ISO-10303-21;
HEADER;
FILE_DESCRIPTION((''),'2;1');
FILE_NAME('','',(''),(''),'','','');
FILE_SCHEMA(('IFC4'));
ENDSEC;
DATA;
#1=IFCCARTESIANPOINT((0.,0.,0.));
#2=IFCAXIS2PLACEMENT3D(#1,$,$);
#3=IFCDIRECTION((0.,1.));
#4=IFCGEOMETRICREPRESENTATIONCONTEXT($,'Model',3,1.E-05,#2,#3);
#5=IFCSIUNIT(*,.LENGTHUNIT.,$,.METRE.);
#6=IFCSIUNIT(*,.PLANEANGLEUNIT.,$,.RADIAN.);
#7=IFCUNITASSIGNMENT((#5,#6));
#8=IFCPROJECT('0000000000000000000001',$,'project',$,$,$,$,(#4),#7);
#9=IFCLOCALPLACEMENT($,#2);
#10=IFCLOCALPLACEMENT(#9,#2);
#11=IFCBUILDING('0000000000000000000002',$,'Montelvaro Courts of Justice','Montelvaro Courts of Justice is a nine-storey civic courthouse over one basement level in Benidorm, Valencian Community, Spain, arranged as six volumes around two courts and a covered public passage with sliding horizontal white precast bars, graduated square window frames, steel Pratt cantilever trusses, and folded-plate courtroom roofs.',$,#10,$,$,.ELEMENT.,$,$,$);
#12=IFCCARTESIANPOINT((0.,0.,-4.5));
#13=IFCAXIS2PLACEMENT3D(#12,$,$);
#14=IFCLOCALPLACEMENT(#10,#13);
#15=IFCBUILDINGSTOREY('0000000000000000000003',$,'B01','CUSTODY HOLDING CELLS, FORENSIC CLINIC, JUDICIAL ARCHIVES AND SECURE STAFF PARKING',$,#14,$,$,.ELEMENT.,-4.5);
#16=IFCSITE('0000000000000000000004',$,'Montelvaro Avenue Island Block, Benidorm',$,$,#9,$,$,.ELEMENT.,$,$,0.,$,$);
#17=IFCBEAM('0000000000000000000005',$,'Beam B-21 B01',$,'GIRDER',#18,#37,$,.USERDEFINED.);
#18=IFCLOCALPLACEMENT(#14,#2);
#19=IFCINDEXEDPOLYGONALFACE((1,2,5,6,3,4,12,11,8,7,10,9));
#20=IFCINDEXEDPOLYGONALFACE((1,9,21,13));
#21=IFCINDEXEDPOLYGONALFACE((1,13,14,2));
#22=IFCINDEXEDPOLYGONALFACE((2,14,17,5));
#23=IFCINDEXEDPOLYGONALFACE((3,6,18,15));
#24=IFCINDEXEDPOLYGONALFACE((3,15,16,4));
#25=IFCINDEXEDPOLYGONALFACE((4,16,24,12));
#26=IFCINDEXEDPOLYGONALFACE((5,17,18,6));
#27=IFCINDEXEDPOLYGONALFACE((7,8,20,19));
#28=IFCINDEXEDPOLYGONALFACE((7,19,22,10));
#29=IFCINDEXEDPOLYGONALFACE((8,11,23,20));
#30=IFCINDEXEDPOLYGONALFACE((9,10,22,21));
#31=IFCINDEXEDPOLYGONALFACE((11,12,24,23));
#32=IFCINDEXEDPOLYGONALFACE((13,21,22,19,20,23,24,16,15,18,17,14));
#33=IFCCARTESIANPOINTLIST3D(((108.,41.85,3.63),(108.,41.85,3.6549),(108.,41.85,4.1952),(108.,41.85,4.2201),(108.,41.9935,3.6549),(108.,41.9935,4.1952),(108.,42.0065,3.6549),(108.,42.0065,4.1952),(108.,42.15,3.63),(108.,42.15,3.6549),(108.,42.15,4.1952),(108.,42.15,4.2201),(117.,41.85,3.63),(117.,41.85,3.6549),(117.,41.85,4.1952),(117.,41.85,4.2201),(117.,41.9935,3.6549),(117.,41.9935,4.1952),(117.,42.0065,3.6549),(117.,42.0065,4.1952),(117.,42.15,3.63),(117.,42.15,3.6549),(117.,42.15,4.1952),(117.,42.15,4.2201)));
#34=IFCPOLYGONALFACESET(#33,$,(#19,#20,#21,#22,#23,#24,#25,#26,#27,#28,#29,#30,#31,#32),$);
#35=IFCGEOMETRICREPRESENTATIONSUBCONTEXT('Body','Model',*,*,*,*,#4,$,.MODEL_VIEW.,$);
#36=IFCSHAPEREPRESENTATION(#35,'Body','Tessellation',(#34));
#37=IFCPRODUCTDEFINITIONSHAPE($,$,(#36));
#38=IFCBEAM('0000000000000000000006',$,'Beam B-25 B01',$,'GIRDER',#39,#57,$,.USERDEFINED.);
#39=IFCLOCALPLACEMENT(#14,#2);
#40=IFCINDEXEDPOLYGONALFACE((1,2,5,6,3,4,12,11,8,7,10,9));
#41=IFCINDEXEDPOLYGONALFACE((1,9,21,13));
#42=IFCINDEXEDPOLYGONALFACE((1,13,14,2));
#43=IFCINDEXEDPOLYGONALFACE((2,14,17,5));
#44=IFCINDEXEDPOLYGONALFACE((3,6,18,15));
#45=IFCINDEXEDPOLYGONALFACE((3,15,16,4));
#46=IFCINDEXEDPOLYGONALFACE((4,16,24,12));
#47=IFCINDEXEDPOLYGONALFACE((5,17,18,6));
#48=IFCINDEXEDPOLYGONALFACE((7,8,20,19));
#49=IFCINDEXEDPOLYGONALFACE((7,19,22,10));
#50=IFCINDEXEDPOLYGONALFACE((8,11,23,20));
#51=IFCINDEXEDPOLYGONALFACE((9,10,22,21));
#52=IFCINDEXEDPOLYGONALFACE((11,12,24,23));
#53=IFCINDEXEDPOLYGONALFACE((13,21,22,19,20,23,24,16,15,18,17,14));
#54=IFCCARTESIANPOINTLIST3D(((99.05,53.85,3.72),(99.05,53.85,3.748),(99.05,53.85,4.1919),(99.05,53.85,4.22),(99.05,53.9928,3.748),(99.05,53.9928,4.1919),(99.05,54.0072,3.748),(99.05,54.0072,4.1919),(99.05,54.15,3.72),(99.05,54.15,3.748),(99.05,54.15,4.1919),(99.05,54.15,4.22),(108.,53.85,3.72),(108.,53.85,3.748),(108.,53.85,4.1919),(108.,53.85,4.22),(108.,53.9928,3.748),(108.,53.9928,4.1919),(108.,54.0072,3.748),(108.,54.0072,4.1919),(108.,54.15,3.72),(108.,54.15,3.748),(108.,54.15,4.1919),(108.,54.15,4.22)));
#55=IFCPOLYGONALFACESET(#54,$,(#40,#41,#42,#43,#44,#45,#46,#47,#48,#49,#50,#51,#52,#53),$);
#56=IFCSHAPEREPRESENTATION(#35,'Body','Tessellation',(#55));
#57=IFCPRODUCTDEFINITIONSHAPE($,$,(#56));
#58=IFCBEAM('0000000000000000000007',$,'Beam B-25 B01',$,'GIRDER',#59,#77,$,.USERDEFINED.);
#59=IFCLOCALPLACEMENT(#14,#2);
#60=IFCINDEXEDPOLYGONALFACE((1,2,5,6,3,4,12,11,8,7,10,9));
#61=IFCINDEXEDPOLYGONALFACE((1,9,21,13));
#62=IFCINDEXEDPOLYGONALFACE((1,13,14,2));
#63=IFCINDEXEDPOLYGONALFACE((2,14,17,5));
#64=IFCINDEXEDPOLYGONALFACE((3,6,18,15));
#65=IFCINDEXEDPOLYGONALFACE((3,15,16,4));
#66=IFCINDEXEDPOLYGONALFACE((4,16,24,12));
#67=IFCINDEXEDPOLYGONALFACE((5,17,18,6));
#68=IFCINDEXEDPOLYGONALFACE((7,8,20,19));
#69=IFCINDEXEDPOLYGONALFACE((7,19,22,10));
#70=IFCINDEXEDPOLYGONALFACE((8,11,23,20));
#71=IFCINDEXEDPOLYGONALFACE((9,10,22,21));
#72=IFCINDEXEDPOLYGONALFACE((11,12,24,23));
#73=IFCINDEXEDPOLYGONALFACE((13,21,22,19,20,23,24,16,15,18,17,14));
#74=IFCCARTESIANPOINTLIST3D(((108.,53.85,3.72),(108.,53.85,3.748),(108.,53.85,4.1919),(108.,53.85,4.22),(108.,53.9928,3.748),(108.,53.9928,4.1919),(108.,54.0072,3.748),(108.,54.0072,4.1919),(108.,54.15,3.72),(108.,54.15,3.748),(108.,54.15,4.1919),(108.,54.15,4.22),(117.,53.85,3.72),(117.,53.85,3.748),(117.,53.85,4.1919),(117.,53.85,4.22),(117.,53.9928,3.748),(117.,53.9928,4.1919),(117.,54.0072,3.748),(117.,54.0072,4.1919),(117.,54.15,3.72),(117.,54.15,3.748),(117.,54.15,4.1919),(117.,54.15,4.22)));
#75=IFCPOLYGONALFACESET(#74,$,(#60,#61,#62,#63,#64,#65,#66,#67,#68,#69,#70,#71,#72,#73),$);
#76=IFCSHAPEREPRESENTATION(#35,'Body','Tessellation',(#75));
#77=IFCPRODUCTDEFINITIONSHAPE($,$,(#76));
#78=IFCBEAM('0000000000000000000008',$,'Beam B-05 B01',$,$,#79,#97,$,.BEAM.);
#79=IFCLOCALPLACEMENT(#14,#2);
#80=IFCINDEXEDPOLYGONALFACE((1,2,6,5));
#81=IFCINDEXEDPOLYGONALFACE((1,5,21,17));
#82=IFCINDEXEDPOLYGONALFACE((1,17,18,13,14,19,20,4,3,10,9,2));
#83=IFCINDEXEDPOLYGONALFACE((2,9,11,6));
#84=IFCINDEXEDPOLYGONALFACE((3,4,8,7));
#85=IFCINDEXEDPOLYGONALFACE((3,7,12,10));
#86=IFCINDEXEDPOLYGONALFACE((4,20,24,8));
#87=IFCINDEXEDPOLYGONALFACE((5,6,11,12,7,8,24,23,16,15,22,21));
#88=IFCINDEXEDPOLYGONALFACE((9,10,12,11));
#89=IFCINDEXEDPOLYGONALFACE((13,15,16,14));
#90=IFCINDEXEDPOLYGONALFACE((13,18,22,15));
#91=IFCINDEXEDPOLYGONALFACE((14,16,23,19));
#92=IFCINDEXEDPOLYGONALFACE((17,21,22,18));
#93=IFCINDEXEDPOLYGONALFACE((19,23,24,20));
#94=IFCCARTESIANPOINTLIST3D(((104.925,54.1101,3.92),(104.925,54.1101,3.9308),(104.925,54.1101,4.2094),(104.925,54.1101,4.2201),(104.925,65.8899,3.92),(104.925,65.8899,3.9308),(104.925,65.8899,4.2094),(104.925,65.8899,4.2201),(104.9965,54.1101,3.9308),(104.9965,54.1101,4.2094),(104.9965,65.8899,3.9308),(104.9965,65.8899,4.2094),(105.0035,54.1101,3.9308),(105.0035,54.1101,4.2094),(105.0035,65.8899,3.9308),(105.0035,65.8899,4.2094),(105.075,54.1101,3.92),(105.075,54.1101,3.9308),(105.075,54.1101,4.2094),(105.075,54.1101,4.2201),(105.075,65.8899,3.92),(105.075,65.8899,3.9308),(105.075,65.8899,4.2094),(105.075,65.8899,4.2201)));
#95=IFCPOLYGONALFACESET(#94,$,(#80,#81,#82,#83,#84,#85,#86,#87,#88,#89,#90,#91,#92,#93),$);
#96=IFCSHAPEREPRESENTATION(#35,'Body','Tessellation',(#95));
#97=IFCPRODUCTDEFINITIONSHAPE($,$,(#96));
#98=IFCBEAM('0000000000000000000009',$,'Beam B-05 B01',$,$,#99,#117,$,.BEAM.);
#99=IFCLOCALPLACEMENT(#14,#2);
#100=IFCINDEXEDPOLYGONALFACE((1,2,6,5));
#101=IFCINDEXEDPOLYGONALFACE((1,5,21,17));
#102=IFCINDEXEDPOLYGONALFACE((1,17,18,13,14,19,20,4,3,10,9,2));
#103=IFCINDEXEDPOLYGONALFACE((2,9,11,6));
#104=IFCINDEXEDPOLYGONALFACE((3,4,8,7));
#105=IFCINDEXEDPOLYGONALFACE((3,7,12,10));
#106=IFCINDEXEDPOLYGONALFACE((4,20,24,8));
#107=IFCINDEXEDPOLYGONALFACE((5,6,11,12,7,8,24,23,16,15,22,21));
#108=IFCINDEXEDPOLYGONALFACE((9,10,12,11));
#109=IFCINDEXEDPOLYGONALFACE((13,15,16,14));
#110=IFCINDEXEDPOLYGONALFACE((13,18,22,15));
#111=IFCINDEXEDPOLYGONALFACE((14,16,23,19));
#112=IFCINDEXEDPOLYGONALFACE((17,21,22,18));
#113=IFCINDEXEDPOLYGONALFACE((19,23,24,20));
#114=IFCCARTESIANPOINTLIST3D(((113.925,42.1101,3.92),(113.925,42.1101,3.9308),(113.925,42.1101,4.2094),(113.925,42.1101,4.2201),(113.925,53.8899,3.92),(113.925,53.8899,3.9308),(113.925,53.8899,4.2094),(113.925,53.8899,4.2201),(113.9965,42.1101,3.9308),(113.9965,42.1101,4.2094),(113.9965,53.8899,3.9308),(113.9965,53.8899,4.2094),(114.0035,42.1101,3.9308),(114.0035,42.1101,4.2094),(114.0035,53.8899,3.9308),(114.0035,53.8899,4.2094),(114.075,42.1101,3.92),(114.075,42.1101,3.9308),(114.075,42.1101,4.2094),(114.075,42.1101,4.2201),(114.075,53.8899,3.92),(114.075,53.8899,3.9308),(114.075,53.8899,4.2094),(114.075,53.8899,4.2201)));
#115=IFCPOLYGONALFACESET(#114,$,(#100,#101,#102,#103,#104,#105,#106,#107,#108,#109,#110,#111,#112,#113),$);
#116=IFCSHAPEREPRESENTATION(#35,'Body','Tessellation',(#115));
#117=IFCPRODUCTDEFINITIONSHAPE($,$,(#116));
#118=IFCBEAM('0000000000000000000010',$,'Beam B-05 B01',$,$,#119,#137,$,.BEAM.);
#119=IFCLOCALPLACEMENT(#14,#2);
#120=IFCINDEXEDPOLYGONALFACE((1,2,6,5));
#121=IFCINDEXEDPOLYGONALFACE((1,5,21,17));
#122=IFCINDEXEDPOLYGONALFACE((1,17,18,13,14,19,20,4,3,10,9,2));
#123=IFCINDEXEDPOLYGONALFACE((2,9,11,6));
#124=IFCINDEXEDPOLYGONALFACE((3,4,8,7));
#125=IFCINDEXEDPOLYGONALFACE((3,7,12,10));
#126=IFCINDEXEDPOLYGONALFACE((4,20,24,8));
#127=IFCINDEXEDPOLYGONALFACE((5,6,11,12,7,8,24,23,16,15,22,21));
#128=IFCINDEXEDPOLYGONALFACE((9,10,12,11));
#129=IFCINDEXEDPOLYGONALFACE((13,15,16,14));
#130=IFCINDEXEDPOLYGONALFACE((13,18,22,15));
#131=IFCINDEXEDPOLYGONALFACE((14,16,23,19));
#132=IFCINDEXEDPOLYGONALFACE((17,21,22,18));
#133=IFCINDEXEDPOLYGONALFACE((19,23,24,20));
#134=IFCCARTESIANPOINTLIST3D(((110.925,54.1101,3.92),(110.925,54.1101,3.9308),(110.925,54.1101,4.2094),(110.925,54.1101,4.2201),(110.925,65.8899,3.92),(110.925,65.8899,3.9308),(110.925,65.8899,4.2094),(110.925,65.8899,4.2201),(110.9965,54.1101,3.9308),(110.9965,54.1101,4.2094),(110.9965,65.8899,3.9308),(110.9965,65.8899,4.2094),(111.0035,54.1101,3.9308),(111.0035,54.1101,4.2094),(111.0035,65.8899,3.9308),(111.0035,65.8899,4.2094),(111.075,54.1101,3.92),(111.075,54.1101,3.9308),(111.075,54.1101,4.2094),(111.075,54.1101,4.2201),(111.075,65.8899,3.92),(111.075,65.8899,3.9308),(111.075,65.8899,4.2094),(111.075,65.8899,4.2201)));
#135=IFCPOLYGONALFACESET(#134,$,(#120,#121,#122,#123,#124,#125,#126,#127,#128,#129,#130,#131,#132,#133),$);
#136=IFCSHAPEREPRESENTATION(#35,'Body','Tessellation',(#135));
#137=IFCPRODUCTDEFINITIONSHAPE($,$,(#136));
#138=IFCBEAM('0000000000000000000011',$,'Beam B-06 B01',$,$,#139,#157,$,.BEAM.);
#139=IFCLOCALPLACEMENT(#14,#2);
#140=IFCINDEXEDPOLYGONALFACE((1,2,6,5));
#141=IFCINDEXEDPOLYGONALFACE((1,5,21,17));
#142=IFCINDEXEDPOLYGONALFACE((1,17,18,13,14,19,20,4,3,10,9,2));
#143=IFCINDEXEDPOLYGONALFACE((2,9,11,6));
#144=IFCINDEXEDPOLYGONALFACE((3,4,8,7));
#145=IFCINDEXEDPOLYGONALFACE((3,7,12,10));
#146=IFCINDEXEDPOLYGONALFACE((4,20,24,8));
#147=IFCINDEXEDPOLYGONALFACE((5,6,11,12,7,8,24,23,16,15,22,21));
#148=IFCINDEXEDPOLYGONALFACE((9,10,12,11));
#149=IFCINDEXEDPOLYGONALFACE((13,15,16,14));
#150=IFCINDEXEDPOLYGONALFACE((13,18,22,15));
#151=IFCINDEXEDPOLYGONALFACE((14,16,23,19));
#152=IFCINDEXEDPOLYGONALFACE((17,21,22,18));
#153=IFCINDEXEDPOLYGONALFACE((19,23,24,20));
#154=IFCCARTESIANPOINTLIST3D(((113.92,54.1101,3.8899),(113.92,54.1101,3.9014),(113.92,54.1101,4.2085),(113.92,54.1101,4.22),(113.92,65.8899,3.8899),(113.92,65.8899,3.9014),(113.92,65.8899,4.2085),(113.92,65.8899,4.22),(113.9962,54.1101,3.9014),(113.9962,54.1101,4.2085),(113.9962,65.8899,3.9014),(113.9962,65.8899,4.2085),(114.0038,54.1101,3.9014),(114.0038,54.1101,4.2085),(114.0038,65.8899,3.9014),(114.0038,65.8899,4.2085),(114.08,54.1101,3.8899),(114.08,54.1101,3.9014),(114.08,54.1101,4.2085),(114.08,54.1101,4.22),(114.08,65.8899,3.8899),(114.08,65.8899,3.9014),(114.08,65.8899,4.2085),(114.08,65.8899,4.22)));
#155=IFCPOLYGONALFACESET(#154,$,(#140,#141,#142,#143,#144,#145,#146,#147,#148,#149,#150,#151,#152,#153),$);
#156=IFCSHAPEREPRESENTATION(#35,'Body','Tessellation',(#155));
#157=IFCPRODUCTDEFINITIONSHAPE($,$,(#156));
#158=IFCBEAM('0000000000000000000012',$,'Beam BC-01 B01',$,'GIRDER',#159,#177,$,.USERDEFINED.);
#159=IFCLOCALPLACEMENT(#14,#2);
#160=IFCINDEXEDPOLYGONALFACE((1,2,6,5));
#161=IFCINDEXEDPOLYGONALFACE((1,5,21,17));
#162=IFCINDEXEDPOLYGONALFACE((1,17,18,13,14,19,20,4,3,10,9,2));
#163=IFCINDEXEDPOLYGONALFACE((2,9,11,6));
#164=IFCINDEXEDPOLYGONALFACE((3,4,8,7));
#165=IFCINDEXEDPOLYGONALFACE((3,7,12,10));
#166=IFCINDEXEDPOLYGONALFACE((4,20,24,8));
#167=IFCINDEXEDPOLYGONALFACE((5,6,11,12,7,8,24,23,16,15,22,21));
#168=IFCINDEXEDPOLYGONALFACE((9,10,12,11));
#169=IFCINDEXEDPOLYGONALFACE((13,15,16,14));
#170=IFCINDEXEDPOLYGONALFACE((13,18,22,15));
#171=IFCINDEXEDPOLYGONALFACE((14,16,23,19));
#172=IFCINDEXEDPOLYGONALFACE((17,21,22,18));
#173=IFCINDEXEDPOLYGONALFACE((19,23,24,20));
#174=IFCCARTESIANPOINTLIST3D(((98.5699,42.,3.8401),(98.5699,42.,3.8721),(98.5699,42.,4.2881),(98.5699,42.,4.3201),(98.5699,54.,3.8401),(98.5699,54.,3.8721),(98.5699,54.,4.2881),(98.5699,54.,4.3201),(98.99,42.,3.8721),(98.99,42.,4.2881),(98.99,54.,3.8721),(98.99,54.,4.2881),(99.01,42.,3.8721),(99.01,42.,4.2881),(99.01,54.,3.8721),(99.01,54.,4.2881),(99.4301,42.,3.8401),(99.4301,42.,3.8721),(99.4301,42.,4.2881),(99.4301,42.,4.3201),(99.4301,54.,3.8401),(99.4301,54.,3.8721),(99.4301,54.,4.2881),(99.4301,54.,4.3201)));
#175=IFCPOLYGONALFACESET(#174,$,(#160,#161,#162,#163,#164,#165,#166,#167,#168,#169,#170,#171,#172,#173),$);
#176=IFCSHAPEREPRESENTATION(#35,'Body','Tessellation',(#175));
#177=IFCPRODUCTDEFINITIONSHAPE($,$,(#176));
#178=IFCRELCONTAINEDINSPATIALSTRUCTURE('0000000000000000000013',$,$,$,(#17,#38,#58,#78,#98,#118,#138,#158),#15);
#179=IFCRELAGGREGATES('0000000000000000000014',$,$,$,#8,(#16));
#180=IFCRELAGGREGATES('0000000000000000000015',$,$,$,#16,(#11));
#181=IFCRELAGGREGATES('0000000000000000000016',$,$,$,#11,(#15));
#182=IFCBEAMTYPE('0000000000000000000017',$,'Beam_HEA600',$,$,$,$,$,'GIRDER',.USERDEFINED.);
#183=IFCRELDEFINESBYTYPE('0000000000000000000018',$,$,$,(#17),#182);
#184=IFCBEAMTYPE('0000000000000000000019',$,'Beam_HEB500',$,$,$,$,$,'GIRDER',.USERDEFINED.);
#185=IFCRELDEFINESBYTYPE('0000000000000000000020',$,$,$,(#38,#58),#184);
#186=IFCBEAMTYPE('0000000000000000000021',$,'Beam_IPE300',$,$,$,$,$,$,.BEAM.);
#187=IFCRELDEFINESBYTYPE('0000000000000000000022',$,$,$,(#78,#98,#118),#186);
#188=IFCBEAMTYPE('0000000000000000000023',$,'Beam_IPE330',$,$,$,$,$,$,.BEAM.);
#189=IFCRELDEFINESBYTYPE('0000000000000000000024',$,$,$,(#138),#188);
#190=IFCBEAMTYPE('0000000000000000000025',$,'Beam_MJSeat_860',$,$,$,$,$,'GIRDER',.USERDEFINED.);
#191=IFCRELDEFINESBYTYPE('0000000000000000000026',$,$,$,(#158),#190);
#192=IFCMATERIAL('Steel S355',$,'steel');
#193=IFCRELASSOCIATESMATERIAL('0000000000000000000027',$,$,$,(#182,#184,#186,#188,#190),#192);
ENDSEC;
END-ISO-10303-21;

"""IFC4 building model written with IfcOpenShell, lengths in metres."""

from ifc_helpers import new_model, si_unit, direction, frame, origin, origin_2d, place, context, subcontext, project, spatial, i_section, extrude, material, material_profile, profile_set, type_object, element, save


model = new_model("IFC4")

# Units and contexts
model_context = context("Model", 3, precision=1e-05, world=origin(), true_north=direction((0.0, 1.0)))
body_context = subcontext(model_context, "Body", "Model", "MODEL_VIEW")
ifc_project = project(units=[si_unit("LENGTHUNIT", "METRE"), si_unit("PLANEANGLEUNIT", "RADIAN")], contexts=[model_context])

# Site, building, storey
site_placement = place(None, origin())
site = spatial("IfcSite", under=ifc_project, at=site_placement, Name="Montelvaro Avenue Island Block, Benidorm", CompositionType="ELEMENT", RefElevation=0.0)
building_placement = place(site_placement, origin())
building = spatial("IfcBuilding", under=site, at=building_placement, Name="Montelvaro Courts of Justice", Description="Montelvaro Courts of Justice is a nine-storey civic courthouse over one basement level in Benidorm, Valencian Community, Spain, arranged as six volumes around two courts and a covered public passage with sliding horizontal white precast bars, graduated square window frames, steel Pratt cantilever trusses, and folded-plate courtroom roofs.", CompositionType="ELEMENT")
storey_placement = place(building_placement, frame((0.0, 0.0, -4.5)))
storey = spatial("IfcBuildingStorey", under=building, at=storey_placement, Name="B01", Description="CUSTODY HOLDING CELLS, FORENSIC CLINIC, JUDICIAL ARCHIVES AND SECURE STAFF PARKING", CompositionType="ELEMENT", Elevation=-4.5)

# Beams
ifc_material_1 = material(Name="Steel S355", Category="steel")
ifc_material_profile_1 = material_profile(ifc_material_1, i_section(OverallWidth=0.3, OverallDepth=0.5901, WebThickness=0.0129, FlangeThickness=0.0249, at=origin_2d()), Name="HEA 600")
ifc_profile_set_1 = profile_set([ifc_material_profile_1], Name="Steel S355")
beam_type_1 = type_object("IfcBeamType", Name="Beam_HEA600", ElementType="GIRDER", PredefinedType="USERDEFINED", material=ifc_profile_set_1)
beam_1_placement = place(storey_placement, frame((108.0, 42.0, 3.925), z_axis=(1.0, 0.0, 0.0), x_axis=(0.0, 1.0, 0.0)))
element("IfcBeam", 1, at=beam_1_placement, inside=storey, type_object=beam_type_1, Name="Beam B-21 B01", ObjectType="GIRDER", PredefinedType="USERDEFINED", context=body_context, shape_type="SweptSolid", body=[
    extrude(i_section(OverallWidth=0.3, OverallDepth=0.5901, WebThickness=0.0129, FlangeThickness=0.0249, at=origin_2d()), origin(), (0.0, 0.0, 1.0), 9.0),
])
ifc_material_profile_2 = material_profile(ifc_material_1, i_section(OverallWidth=0.3, OverallDepth=0.5, WebThickness=0.0144, FlangeThickness=0.0281, at=origin_2d()), Name="HEB 500")
ifc_profile_set_2 = profile_set([ifc_material_profile_2], Name="Steel S355")
beam_type_2 = type_object("IfcBeamType", Name="Beam_HEB500", ElementType="GIRDER", PredefinedType="USERDEFINED", material=ifc_profile_set_2)
beam_2_placement = place(storey_placement, frame((99.05, 54.0, 3.97), z_axis=(1.0, 0.0, 0.0), x_axis=(0.0, 1.0, 0.0)))
element("IfcBeam", 2, at=beam_2_placement, inside=storey, type_object=beam_type_2, Name="Beam B-25 B01", ObjectType="GIRDER", PredefinedType="USERDEFINED", context=body_context, shape_type="SweptSolid", body=[
    extrude(i_section(OverallWidth=0.3, OverallDepth=0.5, WebThickness=0.0144, FlangeThickness=0.0281, at=origin_2d()), origin(), (0.0, 0.0, 1.0), 8.95),
])
beam_3_placement = place(storey_placement, frame((108.0, 54.0, 3.97), z_axis=(1.0, 0.0, 0.0), x_axis=(0.0, 1.0, 0.0)))
element("IfcBeam", 3, at=beam_3_placement, inside=storey, type_object=beam_type_2, Name="Beam B-25 B01", ObjectType="GIRDER", PredefinedType="USERDEFINED", context=body_context, shape_type="SweptSolid", body=[
    extrude(i_section(OverallWidth=0.3, OverallDepth=0.5, WebThickness=0.0144, FlangeThickness=0.0281, at=origin_2d()), origin(), (0.0, 0.0, 1.0), 9.0),
])
ifc_material_profile_3 = material_profile(ifc_material_1, i_section(OverallWidth=0.1499, OverallDepth=0.3, WebThickness=0.0071, FlangeThickness=0.0107, at=origin_2d()), Name="IPE 300")
ifc_profile_set_3 = profile_set([ifc_material_profile_3], Name="Steel S355")
beam_type_3 = type_object("IfcBeamType", Name="Beam_IPE300", PredefinedType="BEAM", material=ifc_profile_set_3)
for number, where, z_axis, x_axis, name in (
    (4, (105.0, 54.1101, 4.0701), (0.0, 1.0, 0.0), (-1.0, 0.0, 0.0), "Beam B-05 B01"),
    (5, (114.0, 42.1101, 4.0701), (0.0, 1.0, 0.0), (-1.0, 0.0, 0.0), "Beam B-05 B01"),
    (6, (111.0, 54.1101, 4.0701), (0.0, 1.0, 0.0), (-1.0, 0.0, 0.0), "Beam B-05 B01"),
):
    element("IfcBeam", number, at=place(storey_placement, frame(where, z_axis=z_axis, x_axis=x_axis)), inside=storey, type_object=beam_type_3, Name=name, PredefinedType="BEAM", context=body_context, shape_type="SweptSolid", body=[
        extrude(i_section(OverallWidth=0.1499, OverallDepth=0.3, WebThickness=0.0071, FlangeThickness=0.0107, at=origin_2d()), origin(), (0.0, 0.0, 1.0), 11.7798),
    ])
ifc_material_profile_4 = material_profile(ifc_material_1, i_section(OverallWidth=0.1599, OverallDepth=0.3301, WebThickness=0.0076, FlangeThickness=0.0115, at=origin_2d()), Name="IPE 330")
ifc_profile_set_4 = profile_set([ifc_material_profile_4], Name="Steel S355")
beam_type_4 = type_object("IfcBeamType", Name="Beam_IPE330", PredefinedType="BEAM", material=ifc_profile_set_4)
beam_4_placement = place(storey_placement, frame((114.0, 54.1101, 4.0549), z_axis=(0.0, 1.0, 0.0), x_axis=(-1.0, 0.0, 0.0)))
element("IfcBeam", 7, at=beam_4_placement, inside=storey, type_object=beam_type_4, Name="Beam B-06 B01", PredefinedType="BEAM", context=body_context, shape_type="SweptSolid", body=[
    extrude(i_section(OverallWidth=0.1599, OverallDepth=0.3301, WebThickness=0.0076, FlangeThickness=0.0115, at=origin_2d()), origin(), (0.0, 0.0, 1.0), 11.7798),
])
ifc_material_profile_5 = material_profile(ifc_material_1, i_section(OverallWidth=0.8601, OverallDepth=0.48, WebThickness=0.02, FlangeThickness=0.032, at=origin_2d()), Name="HL 480x860")
ifc_profile_set_5 = profile_set([ifc_material_profile_5], Name="Steel S355")
beam_type_5 = type_object("IfcBeamType", Name="Beam_MJSeat_860", ElementType="GIRDER", PredefinedType="USERDEFINED", material=ifc_profile_set_5)
for number, where, z_axis, x_axis, name in (
    (8, (99.0, 42.0, 4.0801), (0.0, 1.0, 0.0), (-1.0, 0.0, 0.0), "Beam BC-01 B01"),
):
    element("IfcBeam", number, at=place(storey_placement, frame(where, z_axis=z_axis, x_axis=x_axis)), inside=storey, type_object=beam_type_5, Name=name, ObjectType="GIRDER", PredefinedType="USERDEFINED", context=body_context, shape_type="SweptSolid", body=[
        extrude(i_section(OverallWidth=0.8601, OverallDepth=0.48, WebThickness=0.02, FlangeThickness=0.032, at=origin_2d()), origin(), (0.0, 0.0, 1.0), 12.0),
    ])

save(model, "model.ifc")
